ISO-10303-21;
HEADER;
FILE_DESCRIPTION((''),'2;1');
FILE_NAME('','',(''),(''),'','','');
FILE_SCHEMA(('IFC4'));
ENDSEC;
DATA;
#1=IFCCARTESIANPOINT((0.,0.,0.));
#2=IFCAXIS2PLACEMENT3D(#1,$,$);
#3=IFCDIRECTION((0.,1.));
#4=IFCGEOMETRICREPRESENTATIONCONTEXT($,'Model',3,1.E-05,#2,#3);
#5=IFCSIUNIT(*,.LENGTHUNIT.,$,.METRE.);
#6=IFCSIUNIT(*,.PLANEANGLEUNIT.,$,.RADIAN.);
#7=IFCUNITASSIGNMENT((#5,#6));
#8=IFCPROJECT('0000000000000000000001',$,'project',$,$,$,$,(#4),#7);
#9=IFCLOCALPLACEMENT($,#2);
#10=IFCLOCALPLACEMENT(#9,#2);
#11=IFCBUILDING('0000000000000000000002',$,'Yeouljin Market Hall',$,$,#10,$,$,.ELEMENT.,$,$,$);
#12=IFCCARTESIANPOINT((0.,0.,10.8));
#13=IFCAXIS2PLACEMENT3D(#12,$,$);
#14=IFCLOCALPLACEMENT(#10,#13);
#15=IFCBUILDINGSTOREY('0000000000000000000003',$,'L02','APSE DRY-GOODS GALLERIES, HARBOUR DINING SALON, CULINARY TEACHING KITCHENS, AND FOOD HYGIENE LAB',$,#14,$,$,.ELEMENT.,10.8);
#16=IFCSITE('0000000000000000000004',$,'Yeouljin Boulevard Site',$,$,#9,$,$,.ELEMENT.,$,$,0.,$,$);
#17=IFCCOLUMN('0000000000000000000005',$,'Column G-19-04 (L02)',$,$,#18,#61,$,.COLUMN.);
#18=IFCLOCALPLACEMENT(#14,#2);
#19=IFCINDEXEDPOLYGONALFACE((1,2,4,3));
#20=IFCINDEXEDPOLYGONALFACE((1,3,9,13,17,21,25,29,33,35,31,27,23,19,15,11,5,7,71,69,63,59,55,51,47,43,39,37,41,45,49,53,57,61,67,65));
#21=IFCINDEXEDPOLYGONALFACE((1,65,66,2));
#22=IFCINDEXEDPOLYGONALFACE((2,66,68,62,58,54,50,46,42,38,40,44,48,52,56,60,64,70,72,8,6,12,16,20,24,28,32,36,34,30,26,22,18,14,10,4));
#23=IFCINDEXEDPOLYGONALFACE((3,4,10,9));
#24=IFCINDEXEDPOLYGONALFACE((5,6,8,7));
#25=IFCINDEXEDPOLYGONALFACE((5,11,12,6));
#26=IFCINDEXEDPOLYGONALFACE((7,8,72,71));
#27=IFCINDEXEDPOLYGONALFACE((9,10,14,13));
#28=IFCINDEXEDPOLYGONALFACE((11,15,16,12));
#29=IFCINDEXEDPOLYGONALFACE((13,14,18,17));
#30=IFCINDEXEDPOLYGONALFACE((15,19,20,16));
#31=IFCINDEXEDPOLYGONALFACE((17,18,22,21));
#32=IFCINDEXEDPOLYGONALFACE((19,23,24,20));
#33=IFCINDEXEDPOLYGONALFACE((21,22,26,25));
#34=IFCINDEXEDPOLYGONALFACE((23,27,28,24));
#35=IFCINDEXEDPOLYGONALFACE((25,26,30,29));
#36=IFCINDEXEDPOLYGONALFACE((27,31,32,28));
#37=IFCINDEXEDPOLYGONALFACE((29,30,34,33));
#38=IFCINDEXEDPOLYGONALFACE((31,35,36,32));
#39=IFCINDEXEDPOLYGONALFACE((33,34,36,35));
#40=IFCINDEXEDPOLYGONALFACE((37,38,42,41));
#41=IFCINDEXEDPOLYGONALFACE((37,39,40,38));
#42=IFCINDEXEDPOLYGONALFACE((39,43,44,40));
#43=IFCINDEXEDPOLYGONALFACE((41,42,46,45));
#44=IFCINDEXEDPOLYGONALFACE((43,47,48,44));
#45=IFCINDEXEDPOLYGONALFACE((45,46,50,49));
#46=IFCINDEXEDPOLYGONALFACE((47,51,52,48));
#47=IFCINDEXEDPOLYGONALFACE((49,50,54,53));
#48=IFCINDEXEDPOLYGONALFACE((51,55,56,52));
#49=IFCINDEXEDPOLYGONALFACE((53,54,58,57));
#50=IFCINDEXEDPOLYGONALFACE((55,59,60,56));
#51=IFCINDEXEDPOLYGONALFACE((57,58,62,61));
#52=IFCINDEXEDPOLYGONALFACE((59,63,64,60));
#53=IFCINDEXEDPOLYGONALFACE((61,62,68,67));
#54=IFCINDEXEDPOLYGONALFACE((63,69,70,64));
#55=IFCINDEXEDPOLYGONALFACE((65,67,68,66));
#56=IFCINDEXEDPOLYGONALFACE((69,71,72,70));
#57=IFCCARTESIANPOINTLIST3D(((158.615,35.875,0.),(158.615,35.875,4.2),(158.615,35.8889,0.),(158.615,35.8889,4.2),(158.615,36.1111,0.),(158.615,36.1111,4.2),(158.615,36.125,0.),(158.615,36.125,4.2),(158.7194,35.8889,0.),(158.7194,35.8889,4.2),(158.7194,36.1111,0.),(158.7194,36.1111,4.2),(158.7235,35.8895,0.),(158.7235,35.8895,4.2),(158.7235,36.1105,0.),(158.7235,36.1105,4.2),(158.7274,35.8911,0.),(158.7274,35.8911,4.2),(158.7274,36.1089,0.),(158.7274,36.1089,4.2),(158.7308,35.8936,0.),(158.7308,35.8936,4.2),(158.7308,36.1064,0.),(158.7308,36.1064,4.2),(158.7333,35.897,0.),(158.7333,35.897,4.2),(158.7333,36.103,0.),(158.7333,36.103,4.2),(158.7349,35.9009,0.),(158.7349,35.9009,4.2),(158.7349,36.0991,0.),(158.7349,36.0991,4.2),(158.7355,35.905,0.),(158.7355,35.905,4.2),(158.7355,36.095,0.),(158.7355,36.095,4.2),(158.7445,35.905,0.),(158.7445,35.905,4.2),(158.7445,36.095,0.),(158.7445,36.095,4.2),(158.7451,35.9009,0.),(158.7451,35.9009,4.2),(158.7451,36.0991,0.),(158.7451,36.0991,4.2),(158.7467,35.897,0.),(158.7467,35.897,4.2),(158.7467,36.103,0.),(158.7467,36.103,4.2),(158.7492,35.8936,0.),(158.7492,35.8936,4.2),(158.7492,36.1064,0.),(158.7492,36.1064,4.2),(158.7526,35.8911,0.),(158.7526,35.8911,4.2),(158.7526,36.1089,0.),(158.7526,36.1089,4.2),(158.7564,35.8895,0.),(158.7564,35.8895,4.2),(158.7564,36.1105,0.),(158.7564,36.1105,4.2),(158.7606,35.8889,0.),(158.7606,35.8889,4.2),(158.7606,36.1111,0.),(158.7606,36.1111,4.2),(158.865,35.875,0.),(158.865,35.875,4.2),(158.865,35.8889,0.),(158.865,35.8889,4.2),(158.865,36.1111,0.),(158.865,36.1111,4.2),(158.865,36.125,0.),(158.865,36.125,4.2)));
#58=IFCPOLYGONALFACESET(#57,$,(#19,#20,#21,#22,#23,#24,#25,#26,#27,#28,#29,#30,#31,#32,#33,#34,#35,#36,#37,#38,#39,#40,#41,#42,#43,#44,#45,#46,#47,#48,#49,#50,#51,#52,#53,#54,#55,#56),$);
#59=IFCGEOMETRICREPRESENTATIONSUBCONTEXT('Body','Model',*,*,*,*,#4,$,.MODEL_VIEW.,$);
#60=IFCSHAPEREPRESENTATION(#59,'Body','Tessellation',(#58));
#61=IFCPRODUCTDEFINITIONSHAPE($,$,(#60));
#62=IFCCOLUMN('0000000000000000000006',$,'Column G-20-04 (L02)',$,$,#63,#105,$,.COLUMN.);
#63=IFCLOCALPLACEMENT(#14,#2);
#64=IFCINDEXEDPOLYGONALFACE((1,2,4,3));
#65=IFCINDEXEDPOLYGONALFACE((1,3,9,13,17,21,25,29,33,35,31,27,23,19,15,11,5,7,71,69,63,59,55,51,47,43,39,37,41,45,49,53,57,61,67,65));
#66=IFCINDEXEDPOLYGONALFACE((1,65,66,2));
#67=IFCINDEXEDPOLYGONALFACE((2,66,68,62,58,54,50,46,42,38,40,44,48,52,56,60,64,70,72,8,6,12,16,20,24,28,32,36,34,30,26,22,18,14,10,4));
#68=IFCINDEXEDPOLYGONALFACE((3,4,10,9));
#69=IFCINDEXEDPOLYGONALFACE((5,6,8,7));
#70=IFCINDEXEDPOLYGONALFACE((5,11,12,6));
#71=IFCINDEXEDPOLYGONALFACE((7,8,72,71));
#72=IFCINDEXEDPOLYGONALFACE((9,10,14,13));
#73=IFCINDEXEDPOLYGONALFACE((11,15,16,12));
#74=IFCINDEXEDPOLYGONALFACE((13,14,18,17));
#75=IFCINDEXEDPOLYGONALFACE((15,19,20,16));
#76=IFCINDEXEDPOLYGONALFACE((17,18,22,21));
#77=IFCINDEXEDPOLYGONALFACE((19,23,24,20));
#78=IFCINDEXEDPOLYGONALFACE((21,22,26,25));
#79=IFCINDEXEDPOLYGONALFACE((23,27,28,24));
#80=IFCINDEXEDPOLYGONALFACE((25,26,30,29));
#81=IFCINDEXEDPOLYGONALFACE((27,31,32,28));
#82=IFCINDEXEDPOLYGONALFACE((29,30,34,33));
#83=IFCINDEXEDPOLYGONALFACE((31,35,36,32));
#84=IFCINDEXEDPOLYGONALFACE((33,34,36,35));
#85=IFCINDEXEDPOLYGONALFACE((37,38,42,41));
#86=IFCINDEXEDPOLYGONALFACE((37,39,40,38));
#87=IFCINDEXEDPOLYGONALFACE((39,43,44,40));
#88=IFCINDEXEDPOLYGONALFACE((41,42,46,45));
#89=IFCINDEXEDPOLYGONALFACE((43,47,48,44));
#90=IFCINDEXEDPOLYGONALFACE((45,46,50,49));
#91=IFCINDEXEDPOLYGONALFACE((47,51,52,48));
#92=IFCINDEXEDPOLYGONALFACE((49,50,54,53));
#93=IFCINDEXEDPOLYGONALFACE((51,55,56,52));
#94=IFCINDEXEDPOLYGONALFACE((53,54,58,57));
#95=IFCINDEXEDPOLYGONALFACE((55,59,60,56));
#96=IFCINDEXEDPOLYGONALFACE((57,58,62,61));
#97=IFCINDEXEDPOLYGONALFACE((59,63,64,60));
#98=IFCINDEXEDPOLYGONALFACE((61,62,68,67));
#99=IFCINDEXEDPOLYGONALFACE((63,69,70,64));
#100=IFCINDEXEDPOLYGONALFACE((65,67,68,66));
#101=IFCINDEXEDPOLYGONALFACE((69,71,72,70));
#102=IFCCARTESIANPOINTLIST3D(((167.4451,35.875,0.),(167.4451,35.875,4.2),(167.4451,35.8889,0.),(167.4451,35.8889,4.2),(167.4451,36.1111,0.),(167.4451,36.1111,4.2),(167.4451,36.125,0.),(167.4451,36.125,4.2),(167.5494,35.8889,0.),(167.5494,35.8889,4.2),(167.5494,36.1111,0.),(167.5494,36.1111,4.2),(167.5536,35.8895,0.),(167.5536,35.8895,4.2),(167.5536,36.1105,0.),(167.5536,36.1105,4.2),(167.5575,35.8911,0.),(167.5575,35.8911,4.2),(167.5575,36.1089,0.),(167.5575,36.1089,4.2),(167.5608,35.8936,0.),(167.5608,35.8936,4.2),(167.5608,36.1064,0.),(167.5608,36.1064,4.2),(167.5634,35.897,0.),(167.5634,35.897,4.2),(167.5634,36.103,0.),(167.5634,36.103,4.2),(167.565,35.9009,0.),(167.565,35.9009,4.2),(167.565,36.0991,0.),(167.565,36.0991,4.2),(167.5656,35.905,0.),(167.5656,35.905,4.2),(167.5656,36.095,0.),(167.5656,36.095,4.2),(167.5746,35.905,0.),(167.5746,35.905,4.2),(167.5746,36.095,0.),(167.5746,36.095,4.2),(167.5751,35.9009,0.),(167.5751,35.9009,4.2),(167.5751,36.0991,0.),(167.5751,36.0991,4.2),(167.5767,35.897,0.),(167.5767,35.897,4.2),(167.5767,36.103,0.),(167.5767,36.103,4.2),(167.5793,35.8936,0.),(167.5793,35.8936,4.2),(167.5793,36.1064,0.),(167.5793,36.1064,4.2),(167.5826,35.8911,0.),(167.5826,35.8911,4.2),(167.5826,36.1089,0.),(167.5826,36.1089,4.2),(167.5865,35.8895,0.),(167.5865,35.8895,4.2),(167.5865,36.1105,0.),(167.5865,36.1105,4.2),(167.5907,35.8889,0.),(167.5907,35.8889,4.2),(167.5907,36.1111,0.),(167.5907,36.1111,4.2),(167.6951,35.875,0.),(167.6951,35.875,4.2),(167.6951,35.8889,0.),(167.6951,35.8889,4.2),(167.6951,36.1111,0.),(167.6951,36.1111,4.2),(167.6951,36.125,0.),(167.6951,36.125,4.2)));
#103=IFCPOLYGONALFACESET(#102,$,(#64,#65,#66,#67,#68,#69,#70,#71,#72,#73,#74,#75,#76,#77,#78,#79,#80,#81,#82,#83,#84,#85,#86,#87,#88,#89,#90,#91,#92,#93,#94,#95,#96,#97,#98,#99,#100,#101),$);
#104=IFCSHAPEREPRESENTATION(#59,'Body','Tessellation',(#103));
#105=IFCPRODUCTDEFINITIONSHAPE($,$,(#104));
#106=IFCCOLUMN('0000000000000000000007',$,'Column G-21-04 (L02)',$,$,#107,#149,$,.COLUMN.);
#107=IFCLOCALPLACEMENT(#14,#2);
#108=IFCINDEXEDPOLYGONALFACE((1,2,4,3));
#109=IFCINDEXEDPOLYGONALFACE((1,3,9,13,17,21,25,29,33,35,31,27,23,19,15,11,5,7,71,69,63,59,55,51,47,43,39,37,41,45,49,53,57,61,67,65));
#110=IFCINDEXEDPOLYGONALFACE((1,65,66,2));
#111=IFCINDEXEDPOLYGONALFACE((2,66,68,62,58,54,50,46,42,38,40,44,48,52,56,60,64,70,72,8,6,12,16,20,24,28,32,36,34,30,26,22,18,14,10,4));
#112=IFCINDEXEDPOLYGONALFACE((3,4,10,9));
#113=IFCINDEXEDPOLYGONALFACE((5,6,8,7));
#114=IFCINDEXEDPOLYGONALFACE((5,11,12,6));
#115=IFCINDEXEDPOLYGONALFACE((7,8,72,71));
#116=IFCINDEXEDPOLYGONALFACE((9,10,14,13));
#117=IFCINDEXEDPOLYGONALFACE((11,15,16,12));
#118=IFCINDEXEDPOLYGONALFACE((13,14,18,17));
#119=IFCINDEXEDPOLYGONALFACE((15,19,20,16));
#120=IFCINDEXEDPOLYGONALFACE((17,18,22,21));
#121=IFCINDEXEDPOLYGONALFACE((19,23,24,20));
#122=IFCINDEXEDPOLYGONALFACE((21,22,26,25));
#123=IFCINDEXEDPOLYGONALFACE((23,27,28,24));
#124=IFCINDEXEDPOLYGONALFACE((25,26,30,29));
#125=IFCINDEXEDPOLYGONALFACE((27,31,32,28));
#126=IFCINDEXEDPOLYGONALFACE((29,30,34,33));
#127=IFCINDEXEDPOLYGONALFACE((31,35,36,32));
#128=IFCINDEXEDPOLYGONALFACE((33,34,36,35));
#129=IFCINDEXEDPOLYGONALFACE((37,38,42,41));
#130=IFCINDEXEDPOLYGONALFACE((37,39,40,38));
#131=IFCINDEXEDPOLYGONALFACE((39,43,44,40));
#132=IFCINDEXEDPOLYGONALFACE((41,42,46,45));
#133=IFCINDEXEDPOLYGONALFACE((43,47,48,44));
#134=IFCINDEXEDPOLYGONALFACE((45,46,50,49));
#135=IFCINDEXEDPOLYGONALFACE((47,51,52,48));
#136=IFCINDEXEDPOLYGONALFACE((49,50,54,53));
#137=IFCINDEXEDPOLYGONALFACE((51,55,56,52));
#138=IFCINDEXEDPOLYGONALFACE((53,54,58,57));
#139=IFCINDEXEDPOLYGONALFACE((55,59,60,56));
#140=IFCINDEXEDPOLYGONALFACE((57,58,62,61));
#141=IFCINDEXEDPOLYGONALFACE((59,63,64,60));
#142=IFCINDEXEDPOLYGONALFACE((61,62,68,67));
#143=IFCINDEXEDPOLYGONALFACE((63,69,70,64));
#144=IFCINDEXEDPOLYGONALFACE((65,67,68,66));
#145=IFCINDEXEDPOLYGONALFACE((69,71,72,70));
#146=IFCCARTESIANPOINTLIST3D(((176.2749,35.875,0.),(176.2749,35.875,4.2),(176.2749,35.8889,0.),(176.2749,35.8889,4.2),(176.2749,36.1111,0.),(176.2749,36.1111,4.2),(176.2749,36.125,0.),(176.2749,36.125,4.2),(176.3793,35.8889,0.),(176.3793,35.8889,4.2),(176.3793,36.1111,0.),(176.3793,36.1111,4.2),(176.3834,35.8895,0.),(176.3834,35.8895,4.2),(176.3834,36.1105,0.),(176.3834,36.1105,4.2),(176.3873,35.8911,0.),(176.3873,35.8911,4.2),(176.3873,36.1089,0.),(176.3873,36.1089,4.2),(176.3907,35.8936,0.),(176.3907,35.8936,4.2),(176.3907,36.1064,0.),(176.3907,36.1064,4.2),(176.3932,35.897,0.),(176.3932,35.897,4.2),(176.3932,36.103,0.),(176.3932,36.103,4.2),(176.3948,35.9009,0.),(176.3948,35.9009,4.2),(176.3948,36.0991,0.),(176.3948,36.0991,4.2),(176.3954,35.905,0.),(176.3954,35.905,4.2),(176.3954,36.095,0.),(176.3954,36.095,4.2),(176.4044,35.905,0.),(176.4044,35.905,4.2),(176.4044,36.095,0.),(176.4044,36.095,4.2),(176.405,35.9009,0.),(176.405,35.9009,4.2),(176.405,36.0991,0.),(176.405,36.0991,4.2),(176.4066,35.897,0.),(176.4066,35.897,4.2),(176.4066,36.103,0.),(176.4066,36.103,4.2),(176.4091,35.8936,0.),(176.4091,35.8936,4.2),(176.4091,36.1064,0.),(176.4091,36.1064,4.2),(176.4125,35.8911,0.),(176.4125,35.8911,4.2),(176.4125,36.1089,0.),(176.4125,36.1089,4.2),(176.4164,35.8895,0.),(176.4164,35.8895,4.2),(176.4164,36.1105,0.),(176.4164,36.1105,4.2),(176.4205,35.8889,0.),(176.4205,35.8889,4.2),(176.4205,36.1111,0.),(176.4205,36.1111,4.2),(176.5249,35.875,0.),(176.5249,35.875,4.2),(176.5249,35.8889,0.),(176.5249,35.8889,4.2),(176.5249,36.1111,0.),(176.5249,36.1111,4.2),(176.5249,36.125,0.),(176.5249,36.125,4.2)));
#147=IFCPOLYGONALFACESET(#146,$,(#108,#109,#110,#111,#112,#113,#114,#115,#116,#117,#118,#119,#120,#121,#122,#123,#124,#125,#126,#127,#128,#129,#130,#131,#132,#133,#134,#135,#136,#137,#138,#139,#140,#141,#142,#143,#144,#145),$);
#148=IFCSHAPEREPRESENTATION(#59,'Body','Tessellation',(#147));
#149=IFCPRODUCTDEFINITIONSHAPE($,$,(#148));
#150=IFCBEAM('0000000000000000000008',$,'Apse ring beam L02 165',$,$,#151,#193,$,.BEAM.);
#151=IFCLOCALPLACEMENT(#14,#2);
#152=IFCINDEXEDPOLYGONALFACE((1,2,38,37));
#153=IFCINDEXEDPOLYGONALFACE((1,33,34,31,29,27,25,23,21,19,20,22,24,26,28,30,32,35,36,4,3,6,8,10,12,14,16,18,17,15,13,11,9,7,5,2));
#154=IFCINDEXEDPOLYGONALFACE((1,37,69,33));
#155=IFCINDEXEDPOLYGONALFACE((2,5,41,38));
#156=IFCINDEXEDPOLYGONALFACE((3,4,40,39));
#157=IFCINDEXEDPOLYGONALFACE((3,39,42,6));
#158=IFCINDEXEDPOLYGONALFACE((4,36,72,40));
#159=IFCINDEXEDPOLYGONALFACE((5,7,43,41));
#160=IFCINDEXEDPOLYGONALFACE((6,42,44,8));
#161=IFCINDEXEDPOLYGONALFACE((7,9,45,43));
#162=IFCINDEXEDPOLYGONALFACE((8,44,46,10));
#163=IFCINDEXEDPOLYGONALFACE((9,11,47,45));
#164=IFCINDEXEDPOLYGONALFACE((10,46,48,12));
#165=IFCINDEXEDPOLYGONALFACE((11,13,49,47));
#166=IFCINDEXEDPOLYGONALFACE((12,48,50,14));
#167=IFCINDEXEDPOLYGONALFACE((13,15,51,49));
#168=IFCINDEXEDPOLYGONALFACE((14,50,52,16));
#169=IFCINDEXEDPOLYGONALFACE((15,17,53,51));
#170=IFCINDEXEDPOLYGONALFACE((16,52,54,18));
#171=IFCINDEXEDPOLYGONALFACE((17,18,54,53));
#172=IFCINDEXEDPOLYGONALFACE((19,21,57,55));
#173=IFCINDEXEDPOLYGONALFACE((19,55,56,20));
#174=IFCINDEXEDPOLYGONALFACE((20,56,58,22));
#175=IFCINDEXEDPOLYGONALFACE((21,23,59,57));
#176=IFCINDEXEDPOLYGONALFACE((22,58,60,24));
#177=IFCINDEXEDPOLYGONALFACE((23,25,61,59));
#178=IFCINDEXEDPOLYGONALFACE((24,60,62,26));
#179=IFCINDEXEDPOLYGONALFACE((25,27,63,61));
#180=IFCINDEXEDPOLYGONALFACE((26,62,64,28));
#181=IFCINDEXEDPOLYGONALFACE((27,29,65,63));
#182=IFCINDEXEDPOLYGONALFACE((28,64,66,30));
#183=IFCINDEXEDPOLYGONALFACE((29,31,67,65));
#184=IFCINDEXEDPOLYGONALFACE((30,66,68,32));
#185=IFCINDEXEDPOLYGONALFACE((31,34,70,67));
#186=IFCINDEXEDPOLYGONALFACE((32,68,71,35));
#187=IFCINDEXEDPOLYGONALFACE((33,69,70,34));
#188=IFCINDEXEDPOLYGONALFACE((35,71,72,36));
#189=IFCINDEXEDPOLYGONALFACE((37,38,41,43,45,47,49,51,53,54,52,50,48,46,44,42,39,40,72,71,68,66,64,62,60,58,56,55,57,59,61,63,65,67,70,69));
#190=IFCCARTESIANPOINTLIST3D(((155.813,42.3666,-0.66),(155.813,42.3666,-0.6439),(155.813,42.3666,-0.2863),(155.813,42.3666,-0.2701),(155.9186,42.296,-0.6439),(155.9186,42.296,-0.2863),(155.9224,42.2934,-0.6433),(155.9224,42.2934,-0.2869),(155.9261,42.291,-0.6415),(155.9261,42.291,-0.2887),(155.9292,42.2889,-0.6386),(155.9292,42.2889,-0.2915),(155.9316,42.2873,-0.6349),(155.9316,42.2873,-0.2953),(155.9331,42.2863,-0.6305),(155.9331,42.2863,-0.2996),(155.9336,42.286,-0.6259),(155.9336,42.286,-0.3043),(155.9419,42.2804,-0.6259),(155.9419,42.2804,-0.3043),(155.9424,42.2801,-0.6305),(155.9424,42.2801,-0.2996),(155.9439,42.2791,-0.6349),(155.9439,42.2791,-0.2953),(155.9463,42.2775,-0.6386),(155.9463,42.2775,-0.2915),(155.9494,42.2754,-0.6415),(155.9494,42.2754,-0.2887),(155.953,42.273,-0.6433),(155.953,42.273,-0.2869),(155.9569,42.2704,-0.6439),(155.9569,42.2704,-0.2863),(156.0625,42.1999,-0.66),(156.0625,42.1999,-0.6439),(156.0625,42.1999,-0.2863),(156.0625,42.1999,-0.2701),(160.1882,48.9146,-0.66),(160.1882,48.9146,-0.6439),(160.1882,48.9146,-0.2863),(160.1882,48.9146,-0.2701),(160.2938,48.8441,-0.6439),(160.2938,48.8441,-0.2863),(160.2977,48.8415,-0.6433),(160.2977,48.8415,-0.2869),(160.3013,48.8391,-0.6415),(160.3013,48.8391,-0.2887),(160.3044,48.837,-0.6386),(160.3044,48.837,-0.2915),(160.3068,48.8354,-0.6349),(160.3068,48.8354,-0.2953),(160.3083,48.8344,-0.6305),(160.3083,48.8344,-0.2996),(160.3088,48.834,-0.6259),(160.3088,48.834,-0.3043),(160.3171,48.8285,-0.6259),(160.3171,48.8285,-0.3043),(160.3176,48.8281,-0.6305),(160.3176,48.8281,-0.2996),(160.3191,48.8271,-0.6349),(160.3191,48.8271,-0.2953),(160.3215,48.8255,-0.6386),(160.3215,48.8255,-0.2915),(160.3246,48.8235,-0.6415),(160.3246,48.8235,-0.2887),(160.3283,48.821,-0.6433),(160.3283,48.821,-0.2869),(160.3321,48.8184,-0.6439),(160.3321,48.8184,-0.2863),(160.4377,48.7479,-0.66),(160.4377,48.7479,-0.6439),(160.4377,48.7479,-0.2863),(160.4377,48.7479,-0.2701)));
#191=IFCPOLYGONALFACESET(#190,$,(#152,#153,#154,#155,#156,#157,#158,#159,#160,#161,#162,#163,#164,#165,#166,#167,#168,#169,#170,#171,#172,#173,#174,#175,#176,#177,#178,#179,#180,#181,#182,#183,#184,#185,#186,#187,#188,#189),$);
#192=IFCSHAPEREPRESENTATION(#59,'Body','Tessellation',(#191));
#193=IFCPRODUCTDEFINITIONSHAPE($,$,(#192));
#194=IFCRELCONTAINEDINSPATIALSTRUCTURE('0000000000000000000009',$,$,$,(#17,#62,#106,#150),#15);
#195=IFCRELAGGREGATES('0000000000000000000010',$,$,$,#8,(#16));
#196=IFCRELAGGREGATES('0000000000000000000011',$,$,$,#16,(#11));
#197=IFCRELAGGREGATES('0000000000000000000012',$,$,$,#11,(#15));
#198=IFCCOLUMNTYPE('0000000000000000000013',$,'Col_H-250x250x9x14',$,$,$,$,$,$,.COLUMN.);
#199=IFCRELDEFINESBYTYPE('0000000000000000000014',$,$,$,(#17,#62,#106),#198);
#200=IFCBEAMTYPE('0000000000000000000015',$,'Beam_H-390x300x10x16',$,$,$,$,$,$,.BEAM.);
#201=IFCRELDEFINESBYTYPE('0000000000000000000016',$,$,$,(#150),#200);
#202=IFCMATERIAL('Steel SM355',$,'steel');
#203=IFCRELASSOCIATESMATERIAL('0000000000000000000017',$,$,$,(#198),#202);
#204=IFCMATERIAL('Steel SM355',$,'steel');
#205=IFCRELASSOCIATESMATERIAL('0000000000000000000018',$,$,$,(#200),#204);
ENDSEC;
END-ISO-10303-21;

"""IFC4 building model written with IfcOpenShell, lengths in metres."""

from ifc_helpers import new_model, si_unit, direction, frame, origin, origin_2d, place, context, subcontext, project, spatial, i_section, extrude, material, material_profile, profile_set, type_object, element, save


model = new_model("IFC4")

# Units and contexts
model_context = context("Model", 3, precision=1e-05, world=origin(), true_north=direction((0.0, 1.0)))
body_context = subcontext(model_context, "Body", "Model", "MODEL_VIEW")
ifc_project = project(units=[si_unit("LENGTHUNIT", "METRE"), si_unit("PLANEANGLEUNIT", "RADIAN")], contexts=[model_context])

# Site, building, storey
site_placement = place(None, origin())
site = spatial("IfcSite", under=ifc_project, at=site_placement, Name="Yeouljin Boulevard Site", CompositionType="ELEMENT", RefElevation=0.0)
building_placement = place(site_placement, origin())
building = spatial("IfcBuilding", under=site, at=building_placement, Name="Yeouljin Market Hall", CompositionType="ELEMENT")
storey_placement = place(building_placement, frame((0.0, 0.0, 10.8)))
storey = spatial("IfcBuildingStorey", under=building, at=storey_placement, Name="L02", Description="APSE DRY-GOODS GALLERIES, HARBOUR DINING SALON, CULINARY TEACHING KITCHENS, AND FOOD HYGIENE LAB", CompositionType="ELEMENT", Elevation=10.8)

# Columns
ifc_material_1 = material(Name="Steel SM355", Category="steel")
ifc_material_profile_1 = material_profile(ifc_material_1, i_section(OverallWidth=0.25, OverallDepth=0.25, WebThickness=0.009, FlangeThickness=0.0139, FilletRadius=0.0161, at=origin_2d()), Name="H-250x250x9x14")
ifc_profile_set_1 = profile_set([ifc_material_profile_1], Name="Steel SM355")
column_type = type_object("IfcColumnType", Name="Col_H-250x250x9x14", PredefinedType="COLUMN", material=ifc_profile_set_1)
for number, where, z_axis, x_axis, name in (
    (1, (158.74, 36.0, 0.0), (0.0, 0.0, 1.0), (1.0, 0.0, 0.0), "Column G-19-04 (L02)"),
    (2, (167.5701, 36.0, 0.0), (0.0, 0.0, 1.0), (1.0, 0.0, 0.0), "Column G-20-04 (L02)"),
    (3, (176.3999, 36.0, 0.0), (0.0, 0.0, 1.0), (1.0, 0.0, 0.0), "Column G-21-04 (L02)"),
):
    element("IfcColumn", number, at=place(storey_placement, frame(where, z_axis=z_axis, x_axis=x_axis)), inside=storey, type_object=column_type, Name=name, PredefinedType="COLUMN", context=body_context, shape_type="SweptSolid", body=[
        extrude(i_section(OverallWidth=0.25, OverallDepth=0.25, WebThickness=0.009, FlangeThickness=0.0139, FilletRadius=0.0161, at=origin_2d()), origin(), (0.0, 0.0, 1.0), 4.2),
    ])

# Beam
ifc_material_2 = material(Name="Steel SM355", Category="steel")
ifc_material_profile_2 = material_profile(ifc_material_2, i_section(OverallWidth=0.3, OverallDepth=0.3899, WebThickness=0.01, FlangeThickness=0.0161, FilletRadius=0.0181, at=origin_2d()), Name="H-390x300x10x16")
ifc_profile_set_2 = profile_set([ifc_material_profile_2], Name="Steel SM355")
beam_type_1 = type_object("IfcBeamType", Name="Beam_H-390x300x10x16", PredefinedType="BEAM", material=ifc_profile_set_2)
beam_placement = place(storey_placement, frame((155.9377, 42.2832, -0.4651), z_axis=(0.555566, 0.831473, 0.0), x_axis=(-0.831473, 0.555566, 0.0)))
element("IfcBeam", 4, at=beam_placement, inside=storey, type_object=beam_type_1, Name="Apse ring beam L02 165", PredefinedType="BEAM", context=body_context, shape_type="SweptSolid", body=[
    extrude(i_section(OverallWidth=0.3, OverallDepth=0.3899, WebThickness=0.01, FlangeThickness=0.0161, FilletRadius=0.0181, at=origin_2d()), origin(), (0.0, 0.0, 1.0), 7.8752),
])

save(model, "model.ifc")
